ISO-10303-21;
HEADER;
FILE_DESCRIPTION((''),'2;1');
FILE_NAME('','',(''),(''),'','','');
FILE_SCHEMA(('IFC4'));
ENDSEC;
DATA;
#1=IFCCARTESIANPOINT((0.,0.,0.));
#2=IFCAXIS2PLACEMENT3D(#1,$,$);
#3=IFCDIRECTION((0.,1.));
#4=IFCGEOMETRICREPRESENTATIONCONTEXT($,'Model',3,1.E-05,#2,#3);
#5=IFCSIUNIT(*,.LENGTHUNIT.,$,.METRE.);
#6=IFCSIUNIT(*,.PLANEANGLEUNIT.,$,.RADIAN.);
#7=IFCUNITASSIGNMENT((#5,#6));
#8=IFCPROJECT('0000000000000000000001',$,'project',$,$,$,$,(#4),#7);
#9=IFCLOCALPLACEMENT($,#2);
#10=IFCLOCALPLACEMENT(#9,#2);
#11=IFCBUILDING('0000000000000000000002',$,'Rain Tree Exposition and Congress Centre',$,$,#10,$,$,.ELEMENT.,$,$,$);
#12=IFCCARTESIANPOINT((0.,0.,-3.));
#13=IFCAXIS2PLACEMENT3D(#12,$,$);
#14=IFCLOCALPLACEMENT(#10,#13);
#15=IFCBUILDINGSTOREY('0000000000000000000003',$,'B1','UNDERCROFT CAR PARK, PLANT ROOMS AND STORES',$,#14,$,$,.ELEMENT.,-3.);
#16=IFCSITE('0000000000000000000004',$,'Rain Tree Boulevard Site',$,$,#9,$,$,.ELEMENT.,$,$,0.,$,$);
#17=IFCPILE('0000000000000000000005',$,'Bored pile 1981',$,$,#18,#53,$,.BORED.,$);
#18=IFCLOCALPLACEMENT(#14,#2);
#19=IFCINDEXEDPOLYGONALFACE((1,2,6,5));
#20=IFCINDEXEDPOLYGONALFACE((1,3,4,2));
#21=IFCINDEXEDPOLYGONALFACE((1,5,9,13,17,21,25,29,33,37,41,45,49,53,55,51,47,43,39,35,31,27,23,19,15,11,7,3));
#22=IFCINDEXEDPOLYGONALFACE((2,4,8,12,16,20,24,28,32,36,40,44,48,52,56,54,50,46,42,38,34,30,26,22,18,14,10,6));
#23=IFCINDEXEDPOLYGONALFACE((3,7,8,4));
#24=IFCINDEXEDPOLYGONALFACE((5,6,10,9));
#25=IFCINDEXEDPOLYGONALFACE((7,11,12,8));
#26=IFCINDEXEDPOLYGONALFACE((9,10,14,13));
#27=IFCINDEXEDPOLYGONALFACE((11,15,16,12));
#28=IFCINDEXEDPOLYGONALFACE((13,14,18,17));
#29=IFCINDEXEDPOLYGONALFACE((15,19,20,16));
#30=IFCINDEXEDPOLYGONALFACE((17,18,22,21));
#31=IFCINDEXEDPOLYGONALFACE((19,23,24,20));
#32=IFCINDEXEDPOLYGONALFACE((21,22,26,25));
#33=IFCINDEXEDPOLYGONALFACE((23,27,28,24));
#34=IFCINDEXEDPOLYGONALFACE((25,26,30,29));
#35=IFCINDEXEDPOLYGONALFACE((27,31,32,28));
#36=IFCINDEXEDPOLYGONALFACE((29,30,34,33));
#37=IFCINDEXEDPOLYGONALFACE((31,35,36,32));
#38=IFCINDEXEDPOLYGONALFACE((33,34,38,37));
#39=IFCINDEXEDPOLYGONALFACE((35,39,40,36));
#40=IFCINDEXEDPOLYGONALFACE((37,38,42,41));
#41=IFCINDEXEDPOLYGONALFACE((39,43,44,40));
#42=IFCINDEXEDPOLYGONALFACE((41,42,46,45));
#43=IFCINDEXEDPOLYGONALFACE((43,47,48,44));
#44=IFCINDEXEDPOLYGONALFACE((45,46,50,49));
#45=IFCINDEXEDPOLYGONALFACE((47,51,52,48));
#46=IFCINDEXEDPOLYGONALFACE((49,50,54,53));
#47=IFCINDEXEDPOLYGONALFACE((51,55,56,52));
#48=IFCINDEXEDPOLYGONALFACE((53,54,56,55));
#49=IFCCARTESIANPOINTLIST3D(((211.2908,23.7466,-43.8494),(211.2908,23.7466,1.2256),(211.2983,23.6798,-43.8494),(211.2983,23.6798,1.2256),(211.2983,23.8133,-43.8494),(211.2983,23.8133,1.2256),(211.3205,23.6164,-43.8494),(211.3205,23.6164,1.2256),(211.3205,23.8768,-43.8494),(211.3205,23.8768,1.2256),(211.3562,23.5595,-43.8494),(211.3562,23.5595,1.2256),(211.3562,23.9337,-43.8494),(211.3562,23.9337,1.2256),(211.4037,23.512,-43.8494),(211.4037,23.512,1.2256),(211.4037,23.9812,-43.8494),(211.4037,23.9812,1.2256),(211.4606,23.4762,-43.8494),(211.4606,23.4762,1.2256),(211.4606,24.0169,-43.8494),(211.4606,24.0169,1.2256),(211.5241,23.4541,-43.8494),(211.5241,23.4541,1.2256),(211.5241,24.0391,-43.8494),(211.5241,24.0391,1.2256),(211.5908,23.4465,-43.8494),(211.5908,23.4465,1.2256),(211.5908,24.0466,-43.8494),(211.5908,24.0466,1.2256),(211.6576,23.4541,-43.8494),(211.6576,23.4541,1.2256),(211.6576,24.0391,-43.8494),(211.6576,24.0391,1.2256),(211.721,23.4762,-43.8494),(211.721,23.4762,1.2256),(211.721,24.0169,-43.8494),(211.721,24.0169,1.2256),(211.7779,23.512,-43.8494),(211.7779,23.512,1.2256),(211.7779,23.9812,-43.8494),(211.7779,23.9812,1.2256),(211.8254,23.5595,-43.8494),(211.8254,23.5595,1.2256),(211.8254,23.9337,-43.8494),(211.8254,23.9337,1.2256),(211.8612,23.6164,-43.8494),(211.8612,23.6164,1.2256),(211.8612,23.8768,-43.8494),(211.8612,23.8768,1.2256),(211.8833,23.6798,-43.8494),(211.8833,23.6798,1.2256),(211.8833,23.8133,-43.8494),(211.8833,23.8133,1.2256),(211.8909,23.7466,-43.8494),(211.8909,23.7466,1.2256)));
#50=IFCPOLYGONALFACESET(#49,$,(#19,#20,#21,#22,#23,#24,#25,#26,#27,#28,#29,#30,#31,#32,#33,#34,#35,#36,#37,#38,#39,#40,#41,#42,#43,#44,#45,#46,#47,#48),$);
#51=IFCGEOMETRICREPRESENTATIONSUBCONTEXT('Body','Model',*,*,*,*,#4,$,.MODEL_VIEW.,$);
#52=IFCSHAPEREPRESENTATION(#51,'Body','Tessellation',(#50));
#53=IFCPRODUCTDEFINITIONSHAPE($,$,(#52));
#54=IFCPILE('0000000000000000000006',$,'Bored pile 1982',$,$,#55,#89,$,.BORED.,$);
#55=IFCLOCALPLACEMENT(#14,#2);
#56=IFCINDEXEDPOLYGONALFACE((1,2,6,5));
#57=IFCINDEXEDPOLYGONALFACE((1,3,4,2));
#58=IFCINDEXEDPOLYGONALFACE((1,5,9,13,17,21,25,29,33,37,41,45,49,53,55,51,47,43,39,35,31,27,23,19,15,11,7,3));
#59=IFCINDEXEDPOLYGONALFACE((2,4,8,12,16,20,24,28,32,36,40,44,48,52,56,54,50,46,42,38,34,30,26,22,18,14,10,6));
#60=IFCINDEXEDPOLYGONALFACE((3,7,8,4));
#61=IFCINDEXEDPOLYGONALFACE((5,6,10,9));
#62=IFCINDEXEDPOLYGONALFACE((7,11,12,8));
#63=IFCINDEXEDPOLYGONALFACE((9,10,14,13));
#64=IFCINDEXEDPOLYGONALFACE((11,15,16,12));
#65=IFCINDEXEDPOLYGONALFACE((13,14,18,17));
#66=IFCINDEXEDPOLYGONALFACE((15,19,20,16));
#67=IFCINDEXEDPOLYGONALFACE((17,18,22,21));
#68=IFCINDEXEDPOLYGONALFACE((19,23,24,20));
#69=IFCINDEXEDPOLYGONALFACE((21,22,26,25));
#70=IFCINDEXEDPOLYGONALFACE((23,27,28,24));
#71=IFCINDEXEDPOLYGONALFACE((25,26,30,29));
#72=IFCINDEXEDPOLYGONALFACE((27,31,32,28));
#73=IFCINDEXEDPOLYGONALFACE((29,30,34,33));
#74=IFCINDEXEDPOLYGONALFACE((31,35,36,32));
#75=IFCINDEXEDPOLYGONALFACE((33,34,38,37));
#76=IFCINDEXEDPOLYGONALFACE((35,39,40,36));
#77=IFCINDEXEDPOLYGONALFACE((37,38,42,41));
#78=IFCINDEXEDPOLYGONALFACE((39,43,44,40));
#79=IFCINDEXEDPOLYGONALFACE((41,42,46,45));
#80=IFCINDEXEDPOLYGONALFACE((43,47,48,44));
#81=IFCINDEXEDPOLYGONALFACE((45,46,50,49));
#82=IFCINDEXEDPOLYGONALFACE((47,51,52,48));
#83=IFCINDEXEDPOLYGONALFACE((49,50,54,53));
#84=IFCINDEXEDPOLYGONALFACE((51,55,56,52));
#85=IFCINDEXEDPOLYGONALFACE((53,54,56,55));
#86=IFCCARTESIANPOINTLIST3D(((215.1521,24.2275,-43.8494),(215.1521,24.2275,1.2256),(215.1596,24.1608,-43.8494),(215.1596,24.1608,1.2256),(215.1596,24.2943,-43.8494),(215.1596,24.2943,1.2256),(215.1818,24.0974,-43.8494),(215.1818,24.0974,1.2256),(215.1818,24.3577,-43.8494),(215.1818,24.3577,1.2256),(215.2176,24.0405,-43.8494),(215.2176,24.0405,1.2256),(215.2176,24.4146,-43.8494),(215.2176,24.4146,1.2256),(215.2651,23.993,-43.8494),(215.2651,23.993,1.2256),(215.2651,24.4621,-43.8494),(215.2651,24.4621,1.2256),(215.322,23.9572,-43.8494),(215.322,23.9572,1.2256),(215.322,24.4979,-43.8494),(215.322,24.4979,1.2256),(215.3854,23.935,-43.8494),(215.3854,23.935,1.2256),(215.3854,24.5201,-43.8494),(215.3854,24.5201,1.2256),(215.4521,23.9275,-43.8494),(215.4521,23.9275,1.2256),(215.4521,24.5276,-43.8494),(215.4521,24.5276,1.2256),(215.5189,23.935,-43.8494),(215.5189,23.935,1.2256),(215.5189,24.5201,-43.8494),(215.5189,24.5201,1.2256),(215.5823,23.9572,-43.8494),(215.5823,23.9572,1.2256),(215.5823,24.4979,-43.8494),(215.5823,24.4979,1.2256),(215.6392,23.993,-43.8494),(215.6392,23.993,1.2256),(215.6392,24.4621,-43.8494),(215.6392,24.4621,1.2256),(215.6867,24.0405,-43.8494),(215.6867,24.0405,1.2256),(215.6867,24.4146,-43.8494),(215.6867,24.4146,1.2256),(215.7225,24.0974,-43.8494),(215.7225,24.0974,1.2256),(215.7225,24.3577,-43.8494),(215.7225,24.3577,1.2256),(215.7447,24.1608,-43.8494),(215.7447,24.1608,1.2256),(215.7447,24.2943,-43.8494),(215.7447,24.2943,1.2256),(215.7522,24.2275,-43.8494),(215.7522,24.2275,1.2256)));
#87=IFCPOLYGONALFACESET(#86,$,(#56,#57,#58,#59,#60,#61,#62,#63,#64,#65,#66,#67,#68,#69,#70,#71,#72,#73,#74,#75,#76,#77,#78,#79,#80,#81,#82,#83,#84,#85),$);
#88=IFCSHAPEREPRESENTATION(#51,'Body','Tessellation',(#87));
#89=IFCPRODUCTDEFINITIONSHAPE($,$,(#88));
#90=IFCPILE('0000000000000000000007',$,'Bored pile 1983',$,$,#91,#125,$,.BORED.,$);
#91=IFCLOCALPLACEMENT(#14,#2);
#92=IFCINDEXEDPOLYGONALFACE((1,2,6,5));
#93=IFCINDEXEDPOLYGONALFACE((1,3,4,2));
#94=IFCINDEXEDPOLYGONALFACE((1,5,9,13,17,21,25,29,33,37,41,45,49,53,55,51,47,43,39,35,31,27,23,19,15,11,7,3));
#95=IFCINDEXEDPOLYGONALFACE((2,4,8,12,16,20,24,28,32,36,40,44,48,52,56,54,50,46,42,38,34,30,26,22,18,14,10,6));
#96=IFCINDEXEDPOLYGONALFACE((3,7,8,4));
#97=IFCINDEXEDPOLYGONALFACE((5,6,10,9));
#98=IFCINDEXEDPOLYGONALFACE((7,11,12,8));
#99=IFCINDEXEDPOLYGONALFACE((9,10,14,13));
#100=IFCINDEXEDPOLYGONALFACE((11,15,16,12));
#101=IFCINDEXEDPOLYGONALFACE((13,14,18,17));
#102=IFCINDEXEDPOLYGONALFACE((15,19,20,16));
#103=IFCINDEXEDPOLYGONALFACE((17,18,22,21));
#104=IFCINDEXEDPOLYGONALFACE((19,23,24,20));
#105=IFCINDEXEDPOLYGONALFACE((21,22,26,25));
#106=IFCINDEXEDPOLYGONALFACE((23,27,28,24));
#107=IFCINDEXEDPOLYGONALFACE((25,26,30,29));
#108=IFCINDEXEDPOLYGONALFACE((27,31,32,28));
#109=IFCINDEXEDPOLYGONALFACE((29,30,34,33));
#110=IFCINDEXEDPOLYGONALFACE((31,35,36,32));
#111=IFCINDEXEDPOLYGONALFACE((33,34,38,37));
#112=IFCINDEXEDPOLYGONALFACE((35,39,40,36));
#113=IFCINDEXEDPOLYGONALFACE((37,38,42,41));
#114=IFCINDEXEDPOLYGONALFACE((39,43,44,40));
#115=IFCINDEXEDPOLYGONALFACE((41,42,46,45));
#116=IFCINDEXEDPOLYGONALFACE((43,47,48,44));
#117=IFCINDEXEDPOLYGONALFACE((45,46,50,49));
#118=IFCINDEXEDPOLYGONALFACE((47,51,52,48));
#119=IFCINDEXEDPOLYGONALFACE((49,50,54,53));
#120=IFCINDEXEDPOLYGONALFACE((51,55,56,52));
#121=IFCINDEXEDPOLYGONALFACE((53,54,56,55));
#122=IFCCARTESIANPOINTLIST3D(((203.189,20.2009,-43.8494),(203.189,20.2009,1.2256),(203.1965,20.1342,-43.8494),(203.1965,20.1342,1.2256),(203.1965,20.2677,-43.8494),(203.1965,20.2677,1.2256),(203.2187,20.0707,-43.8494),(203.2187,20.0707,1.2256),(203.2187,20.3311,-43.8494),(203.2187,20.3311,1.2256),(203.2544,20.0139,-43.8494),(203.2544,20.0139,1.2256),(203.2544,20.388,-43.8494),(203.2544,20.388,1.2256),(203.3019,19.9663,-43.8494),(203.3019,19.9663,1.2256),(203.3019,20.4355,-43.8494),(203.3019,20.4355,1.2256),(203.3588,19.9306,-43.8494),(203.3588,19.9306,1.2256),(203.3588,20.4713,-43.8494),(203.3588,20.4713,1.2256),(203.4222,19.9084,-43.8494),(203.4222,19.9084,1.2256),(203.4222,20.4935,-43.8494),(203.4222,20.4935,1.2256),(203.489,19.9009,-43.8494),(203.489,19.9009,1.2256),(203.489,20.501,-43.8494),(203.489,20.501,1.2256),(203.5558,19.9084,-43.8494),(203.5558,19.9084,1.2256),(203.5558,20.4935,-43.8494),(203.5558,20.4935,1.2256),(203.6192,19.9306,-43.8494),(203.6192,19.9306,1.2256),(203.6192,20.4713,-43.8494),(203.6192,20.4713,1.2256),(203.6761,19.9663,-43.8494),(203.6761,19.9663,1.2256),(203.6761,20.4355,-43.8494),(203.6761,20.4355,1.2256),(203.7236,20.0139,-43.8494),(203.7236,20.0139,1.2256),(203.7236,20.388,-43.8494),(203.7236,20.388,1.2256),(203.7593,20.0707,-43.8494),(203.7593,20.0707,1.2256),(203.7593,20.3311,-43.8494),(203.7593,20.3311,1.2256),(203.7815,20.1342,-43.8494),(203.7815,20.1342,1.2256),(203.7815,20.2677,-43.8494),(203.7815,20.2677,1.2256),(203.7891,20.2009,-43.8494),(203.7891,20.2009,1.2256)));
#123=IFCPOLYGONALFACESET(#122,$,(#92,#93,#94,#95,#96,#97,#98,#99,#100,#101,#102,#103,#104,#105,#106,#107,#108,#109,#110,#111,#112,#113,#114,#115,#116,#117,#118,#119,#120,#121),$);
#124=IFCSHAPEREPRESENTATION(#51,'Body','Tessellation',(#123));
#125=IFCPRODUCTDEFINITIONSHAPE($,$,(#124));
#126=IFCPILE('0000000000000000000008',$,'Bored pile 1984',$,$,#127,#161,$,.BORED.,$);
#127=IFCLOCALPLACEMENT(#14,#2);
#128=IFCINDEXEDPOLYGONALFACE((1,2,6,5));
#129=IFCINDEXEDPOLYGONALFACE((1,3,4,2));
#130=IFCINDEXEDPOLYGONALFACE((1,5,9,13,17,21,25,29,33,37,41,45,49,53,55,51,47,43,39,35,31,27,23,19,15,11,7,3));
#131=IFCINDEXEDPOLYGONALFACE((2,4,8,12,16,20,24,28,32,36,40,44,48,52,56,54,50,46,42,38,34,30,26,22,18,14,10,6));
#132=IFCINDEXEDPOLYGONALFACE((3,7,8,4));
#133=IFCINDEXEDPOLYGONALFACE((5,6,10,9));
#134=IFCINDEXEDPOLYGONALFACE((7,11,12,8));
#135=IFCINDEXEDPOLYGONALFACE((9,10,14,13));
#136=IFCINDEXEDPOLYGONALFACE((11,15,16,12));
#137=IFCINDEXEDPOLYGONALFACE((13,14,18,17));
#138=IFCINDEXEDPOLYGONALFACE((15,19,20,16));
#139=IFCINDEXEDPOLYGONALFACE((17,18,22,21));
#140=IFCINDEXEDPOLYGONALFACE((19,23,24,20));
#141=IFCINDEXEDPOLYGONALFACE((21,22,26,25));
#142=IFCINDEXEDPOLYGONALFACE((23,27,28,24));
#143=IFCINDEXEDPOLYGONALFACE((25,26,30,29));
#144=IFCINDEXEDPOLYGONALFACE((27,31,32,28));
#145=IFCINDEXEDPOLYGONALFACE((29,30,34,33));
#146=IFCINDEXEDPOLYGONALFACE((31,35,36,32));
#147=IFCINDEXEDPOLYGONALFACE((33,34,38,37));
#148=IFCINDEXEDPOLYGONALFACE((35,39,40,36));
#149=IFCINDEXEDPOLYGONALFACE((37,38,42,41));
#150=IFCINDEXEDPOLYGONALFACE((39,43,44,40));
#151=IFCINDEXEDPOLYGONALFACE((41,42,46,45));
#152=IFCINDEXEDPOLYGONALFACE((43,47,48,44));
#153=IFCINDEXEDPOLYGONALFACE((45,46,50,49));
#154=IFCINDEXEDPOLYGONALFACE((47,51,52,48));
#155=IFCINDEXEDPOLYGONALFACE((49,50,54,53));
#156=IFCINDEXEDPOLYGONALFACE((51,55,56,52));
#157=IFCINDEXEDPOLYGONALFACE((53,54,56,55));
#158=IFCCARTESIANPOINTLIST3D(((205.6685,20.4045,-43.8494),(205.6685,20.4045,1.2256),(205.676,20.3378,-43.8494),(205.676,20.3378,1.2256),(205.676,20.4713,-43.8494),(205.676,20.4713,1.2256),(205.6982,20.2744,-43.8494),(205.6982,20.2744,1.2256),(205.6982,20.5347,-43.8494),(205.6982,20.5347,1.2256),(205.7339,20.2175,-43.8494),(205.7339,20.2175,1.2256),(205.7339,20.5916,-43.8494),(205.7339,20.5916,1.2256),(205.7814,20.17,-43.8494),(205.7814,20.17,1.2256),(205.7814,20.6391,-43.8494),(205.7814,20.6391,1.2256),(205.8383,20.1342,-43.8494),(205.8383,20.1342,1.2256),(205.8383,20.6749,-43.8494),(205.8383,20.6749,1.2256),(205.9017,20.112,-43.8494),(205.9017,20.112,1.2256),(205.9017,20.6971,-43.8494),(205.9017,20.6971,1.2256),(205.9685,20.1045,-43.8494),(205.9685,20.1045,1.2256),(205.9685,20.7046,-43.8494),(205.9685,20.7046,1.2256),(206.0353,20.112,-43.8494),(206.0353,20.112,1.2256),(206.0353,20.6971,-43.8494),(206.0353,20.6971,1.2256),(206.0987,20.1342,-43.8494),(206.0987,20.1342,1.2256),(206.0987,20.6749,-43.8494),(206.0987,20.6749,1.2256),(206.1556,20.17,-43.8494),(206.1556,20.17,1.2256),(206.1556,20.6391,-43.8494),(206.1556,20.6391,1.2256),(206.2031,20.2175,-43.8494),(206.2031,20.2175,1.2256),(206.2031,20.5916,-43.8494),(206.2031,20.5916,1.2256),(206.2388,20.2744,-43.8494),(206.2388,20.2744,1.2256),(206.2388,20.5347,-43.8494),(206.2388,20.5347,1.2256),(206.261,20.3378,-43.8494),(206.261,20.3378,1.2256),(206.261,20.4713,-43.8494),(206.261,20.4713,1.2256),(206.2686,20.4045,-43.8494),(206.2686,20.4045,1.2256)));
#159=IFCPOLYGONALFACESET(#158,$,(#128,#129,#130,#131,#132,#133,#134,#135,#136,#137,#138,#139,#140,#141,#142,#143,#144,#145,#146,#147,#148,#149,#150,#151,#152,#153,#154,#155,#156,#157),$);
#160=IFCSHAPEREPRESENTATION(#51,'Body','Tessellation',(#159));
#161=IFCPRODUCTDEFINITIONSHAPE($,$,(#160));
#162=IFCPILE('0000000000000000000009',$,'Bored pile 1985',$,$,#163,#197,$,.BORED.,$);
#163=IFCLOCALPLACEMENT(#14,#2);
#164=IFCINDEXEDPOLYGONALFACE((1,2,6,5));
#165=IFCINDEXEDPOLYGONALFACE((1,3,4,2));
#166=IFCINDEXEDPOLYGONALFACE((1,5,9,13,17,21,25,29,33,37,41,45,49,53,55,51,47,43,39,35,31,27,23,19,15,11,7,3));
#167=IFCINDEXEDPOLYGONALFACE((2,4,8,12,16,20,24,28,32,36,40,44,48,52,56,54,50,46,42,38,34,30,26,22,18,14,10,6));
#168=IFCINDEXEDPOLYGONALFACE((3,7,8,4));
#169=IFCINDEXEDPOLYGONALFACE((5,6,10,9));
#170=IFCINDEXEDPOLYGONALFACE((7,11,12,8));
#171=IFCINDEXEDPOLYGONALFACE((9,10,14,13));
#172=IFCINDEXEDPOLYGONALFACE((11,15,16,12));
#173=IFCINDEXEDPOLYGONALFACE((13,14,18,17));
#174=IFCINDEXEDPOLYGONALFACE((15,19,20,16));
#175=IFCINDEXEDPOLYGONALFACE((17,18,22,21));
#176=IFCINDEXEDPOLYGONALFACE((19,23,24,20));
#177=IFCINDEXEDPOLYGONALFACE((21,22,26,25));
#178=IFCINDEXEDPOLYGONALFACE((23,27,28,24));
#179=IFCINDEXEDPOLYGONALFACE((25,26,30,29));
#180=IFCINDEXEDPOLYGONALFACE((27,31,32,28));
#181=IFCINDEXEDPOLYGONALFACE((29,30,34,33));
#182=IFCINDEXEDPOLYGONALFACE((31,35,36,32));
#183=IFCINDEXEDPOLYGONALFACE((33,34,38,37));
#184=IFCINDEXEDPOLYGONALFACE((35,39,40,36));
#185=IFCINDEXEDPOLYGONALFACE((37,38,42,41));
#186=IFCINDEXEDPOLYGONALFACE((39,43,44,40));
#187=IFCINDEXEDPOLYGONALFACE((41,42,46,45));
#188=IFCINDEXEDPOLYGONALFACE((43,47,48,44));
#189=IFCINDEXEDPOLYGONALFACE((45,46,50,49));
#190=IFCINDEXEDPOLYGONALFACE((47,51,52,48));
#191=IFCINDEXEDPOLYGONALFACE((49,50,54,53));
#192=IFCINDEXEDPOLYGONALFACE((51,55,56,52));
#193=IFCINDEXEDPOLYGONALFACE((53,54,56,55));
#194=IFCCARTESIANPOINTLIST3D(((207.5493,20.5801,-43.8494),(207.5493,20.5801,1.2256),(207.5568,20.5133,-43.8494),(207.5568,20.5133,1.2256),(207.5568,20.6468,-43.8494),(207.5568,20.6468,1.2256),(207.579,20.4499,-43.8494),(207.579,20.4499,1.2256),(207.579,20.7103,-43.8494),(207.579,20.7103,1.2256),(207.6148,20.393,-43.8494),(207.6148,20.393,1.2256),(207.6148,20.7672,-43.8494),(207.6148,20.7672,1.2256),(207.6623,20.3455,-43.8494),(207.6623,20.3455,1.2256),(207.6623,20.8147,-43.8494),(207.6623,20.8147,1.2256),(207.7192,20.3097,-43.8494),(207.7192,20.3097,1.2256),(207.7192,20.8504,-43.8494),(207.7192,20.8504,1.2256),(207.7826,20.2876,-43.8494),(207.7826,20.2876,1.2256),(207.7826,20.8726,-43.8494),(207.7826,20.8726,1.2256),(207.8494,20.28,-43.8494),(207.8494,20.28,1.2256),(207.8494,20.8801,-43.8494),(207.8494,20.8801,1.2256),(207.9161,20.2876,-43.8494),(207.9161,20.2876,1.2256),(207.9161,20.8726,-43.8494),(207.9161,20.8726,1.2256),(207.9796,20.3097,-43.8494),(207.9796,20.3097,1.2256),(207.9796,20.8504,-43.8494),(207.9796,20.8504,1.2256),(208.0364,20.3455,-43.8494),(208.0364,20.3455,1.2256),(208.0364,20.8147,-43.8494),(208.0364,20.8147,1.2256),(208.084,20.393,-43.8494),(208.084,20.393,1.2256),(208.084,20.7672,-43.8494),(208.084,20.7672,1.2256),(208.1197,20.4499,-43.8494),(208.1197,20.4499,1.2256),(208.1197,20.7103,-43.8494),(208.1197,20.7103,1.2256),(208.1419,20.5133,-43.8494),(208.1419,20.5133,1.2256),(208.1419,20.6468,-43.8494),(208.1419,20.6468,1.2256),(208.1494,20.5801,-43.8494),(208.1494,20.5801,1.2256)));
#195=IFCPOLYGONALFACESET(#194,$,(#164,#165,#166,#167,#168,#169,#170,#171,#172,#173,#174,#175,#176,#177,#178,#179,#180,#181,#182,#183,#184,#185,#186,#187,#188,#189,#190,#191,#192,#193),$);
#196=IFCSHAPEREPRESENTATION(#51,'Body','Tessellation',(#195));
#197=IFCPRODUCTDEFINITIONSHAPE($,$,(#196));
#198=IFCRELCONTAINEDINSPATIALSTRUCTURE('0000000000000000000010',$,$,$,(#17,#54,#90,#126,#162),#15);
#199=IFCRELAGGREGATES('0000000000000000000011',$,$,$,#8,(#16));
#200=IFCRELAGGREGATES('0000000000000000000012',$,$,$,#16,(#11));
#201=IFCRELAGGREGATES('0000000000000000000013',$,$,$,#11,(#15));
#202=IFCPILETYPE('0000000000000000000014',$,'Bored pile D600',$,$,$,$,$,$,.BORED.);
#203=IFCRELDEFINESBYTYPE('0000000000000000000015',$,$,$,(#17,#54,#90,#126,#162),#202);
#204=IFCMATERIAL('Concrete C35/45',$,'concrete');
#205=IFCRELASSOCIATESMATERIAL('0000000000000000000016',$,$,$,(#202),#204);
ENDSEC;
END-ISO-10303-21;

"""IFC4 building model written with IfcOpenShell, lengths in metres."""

from ifc_helpers import new_model, si_unit, direction, frame, origin, origin_2d, place, context, subcontext, project, spatial, circle, extrude, material, material_profile, profile_set, type_object, element, save


model = new_model("IFC4")

# Units and contexts
model_context = context("Model", 3, precision=1e-05, world=origin(), true_north=direction((0.0, 1.0)))
body_context = subcontext(model_context, "Body", "Model", "MODEL_VIEW")
ifc_project = project(units=[si_unit("LENGTHUNIT", "METRE"), si_unit("PLANEANGLEUNIT", "RADIAN")], contexts=[model_context])

# Site, building, storey
site_placement = place(None, origin())
site = spatial("IfcSite", under=ifc_project, at=site_placement, Name="Rain Tree Boulevard Site", CompositionType="ELEMENT", RefElevation=0.0)
building_placement = place(site_placement, origin())
building = spatial("IfcBuilding", under=site, at=building_placement, Name="Rain Tree Exposition and Congress Centre", CompositionType="ELEMENT")
storey_placement = place(building_placement, frame((0.0, 0.0, -3.0)))
storey = spatial("IfcBuildingStorey", under=building, at=storey_placement, Name="B1", Description="UNDERCROFT CAR PARK, PLANT ROOMS AND STORES", CompositionType="ELEMENT", Elevation=-3.0)

# Piles
ifc_material_1 = material(Name="Concrete C35/45", Category="concrete")
ifc_material_profile = material_profile(ifc_material_1, circle(Radius=0.3, at=origin_2d()), Name="D600")
ifc_profile_set = profile_set([ifc_material_profile], Name="Concrete C35/45")
pile_type = type_object("IfcPileType", Name="Bored pile D600", PredefinedType="BORED", material=ifc_profile_set)
for number, where, z_axis, x_axis, name in (
    (1, (211.5908, 23.7466, 1.2256), (0.0, 0.0, -1.0), (1.0, 0.0, 0.0), "Bored pile 1981"),
    (2, (215.4521, 24.2275, 1.2256), (0.0, 0.0, -1.0), (1.0, 0.0, 0.0), "Bored pile 1982"),
    (3, (203.489, 20.2009, 1.2256), (0.0, 0.0, -1.0), (1.0, 0.0, 0.0), "Bored pile 1983"),
    (4, (205.9685, 20.4045, 1.2256), (0.0, 0.0, -1.0), (1.0, 0.0, 0.0), "Bored pile 1984"),
    (5, (207.8494, 20.5801, 1.2256), (0.0, 0.0, -1.0), (1.0, 0.0, 0.0), "Bored pile 1985"),
):
    element("IfcPile", number, at=place(storey_placement, frame(where, z_axis=z_axis, x_axis=x_axis)), inside=storey, type_object=pile_type, Name=name, PredefinedType="BORED", context=body_context, shape_type="SweptSolid", body=[
        extrude(circle(Radius=0.3, at=origin_2d()), origin(), (0.0, 0.0, 1.0), 45.075),
    ])

save(model, "model.ifc")
